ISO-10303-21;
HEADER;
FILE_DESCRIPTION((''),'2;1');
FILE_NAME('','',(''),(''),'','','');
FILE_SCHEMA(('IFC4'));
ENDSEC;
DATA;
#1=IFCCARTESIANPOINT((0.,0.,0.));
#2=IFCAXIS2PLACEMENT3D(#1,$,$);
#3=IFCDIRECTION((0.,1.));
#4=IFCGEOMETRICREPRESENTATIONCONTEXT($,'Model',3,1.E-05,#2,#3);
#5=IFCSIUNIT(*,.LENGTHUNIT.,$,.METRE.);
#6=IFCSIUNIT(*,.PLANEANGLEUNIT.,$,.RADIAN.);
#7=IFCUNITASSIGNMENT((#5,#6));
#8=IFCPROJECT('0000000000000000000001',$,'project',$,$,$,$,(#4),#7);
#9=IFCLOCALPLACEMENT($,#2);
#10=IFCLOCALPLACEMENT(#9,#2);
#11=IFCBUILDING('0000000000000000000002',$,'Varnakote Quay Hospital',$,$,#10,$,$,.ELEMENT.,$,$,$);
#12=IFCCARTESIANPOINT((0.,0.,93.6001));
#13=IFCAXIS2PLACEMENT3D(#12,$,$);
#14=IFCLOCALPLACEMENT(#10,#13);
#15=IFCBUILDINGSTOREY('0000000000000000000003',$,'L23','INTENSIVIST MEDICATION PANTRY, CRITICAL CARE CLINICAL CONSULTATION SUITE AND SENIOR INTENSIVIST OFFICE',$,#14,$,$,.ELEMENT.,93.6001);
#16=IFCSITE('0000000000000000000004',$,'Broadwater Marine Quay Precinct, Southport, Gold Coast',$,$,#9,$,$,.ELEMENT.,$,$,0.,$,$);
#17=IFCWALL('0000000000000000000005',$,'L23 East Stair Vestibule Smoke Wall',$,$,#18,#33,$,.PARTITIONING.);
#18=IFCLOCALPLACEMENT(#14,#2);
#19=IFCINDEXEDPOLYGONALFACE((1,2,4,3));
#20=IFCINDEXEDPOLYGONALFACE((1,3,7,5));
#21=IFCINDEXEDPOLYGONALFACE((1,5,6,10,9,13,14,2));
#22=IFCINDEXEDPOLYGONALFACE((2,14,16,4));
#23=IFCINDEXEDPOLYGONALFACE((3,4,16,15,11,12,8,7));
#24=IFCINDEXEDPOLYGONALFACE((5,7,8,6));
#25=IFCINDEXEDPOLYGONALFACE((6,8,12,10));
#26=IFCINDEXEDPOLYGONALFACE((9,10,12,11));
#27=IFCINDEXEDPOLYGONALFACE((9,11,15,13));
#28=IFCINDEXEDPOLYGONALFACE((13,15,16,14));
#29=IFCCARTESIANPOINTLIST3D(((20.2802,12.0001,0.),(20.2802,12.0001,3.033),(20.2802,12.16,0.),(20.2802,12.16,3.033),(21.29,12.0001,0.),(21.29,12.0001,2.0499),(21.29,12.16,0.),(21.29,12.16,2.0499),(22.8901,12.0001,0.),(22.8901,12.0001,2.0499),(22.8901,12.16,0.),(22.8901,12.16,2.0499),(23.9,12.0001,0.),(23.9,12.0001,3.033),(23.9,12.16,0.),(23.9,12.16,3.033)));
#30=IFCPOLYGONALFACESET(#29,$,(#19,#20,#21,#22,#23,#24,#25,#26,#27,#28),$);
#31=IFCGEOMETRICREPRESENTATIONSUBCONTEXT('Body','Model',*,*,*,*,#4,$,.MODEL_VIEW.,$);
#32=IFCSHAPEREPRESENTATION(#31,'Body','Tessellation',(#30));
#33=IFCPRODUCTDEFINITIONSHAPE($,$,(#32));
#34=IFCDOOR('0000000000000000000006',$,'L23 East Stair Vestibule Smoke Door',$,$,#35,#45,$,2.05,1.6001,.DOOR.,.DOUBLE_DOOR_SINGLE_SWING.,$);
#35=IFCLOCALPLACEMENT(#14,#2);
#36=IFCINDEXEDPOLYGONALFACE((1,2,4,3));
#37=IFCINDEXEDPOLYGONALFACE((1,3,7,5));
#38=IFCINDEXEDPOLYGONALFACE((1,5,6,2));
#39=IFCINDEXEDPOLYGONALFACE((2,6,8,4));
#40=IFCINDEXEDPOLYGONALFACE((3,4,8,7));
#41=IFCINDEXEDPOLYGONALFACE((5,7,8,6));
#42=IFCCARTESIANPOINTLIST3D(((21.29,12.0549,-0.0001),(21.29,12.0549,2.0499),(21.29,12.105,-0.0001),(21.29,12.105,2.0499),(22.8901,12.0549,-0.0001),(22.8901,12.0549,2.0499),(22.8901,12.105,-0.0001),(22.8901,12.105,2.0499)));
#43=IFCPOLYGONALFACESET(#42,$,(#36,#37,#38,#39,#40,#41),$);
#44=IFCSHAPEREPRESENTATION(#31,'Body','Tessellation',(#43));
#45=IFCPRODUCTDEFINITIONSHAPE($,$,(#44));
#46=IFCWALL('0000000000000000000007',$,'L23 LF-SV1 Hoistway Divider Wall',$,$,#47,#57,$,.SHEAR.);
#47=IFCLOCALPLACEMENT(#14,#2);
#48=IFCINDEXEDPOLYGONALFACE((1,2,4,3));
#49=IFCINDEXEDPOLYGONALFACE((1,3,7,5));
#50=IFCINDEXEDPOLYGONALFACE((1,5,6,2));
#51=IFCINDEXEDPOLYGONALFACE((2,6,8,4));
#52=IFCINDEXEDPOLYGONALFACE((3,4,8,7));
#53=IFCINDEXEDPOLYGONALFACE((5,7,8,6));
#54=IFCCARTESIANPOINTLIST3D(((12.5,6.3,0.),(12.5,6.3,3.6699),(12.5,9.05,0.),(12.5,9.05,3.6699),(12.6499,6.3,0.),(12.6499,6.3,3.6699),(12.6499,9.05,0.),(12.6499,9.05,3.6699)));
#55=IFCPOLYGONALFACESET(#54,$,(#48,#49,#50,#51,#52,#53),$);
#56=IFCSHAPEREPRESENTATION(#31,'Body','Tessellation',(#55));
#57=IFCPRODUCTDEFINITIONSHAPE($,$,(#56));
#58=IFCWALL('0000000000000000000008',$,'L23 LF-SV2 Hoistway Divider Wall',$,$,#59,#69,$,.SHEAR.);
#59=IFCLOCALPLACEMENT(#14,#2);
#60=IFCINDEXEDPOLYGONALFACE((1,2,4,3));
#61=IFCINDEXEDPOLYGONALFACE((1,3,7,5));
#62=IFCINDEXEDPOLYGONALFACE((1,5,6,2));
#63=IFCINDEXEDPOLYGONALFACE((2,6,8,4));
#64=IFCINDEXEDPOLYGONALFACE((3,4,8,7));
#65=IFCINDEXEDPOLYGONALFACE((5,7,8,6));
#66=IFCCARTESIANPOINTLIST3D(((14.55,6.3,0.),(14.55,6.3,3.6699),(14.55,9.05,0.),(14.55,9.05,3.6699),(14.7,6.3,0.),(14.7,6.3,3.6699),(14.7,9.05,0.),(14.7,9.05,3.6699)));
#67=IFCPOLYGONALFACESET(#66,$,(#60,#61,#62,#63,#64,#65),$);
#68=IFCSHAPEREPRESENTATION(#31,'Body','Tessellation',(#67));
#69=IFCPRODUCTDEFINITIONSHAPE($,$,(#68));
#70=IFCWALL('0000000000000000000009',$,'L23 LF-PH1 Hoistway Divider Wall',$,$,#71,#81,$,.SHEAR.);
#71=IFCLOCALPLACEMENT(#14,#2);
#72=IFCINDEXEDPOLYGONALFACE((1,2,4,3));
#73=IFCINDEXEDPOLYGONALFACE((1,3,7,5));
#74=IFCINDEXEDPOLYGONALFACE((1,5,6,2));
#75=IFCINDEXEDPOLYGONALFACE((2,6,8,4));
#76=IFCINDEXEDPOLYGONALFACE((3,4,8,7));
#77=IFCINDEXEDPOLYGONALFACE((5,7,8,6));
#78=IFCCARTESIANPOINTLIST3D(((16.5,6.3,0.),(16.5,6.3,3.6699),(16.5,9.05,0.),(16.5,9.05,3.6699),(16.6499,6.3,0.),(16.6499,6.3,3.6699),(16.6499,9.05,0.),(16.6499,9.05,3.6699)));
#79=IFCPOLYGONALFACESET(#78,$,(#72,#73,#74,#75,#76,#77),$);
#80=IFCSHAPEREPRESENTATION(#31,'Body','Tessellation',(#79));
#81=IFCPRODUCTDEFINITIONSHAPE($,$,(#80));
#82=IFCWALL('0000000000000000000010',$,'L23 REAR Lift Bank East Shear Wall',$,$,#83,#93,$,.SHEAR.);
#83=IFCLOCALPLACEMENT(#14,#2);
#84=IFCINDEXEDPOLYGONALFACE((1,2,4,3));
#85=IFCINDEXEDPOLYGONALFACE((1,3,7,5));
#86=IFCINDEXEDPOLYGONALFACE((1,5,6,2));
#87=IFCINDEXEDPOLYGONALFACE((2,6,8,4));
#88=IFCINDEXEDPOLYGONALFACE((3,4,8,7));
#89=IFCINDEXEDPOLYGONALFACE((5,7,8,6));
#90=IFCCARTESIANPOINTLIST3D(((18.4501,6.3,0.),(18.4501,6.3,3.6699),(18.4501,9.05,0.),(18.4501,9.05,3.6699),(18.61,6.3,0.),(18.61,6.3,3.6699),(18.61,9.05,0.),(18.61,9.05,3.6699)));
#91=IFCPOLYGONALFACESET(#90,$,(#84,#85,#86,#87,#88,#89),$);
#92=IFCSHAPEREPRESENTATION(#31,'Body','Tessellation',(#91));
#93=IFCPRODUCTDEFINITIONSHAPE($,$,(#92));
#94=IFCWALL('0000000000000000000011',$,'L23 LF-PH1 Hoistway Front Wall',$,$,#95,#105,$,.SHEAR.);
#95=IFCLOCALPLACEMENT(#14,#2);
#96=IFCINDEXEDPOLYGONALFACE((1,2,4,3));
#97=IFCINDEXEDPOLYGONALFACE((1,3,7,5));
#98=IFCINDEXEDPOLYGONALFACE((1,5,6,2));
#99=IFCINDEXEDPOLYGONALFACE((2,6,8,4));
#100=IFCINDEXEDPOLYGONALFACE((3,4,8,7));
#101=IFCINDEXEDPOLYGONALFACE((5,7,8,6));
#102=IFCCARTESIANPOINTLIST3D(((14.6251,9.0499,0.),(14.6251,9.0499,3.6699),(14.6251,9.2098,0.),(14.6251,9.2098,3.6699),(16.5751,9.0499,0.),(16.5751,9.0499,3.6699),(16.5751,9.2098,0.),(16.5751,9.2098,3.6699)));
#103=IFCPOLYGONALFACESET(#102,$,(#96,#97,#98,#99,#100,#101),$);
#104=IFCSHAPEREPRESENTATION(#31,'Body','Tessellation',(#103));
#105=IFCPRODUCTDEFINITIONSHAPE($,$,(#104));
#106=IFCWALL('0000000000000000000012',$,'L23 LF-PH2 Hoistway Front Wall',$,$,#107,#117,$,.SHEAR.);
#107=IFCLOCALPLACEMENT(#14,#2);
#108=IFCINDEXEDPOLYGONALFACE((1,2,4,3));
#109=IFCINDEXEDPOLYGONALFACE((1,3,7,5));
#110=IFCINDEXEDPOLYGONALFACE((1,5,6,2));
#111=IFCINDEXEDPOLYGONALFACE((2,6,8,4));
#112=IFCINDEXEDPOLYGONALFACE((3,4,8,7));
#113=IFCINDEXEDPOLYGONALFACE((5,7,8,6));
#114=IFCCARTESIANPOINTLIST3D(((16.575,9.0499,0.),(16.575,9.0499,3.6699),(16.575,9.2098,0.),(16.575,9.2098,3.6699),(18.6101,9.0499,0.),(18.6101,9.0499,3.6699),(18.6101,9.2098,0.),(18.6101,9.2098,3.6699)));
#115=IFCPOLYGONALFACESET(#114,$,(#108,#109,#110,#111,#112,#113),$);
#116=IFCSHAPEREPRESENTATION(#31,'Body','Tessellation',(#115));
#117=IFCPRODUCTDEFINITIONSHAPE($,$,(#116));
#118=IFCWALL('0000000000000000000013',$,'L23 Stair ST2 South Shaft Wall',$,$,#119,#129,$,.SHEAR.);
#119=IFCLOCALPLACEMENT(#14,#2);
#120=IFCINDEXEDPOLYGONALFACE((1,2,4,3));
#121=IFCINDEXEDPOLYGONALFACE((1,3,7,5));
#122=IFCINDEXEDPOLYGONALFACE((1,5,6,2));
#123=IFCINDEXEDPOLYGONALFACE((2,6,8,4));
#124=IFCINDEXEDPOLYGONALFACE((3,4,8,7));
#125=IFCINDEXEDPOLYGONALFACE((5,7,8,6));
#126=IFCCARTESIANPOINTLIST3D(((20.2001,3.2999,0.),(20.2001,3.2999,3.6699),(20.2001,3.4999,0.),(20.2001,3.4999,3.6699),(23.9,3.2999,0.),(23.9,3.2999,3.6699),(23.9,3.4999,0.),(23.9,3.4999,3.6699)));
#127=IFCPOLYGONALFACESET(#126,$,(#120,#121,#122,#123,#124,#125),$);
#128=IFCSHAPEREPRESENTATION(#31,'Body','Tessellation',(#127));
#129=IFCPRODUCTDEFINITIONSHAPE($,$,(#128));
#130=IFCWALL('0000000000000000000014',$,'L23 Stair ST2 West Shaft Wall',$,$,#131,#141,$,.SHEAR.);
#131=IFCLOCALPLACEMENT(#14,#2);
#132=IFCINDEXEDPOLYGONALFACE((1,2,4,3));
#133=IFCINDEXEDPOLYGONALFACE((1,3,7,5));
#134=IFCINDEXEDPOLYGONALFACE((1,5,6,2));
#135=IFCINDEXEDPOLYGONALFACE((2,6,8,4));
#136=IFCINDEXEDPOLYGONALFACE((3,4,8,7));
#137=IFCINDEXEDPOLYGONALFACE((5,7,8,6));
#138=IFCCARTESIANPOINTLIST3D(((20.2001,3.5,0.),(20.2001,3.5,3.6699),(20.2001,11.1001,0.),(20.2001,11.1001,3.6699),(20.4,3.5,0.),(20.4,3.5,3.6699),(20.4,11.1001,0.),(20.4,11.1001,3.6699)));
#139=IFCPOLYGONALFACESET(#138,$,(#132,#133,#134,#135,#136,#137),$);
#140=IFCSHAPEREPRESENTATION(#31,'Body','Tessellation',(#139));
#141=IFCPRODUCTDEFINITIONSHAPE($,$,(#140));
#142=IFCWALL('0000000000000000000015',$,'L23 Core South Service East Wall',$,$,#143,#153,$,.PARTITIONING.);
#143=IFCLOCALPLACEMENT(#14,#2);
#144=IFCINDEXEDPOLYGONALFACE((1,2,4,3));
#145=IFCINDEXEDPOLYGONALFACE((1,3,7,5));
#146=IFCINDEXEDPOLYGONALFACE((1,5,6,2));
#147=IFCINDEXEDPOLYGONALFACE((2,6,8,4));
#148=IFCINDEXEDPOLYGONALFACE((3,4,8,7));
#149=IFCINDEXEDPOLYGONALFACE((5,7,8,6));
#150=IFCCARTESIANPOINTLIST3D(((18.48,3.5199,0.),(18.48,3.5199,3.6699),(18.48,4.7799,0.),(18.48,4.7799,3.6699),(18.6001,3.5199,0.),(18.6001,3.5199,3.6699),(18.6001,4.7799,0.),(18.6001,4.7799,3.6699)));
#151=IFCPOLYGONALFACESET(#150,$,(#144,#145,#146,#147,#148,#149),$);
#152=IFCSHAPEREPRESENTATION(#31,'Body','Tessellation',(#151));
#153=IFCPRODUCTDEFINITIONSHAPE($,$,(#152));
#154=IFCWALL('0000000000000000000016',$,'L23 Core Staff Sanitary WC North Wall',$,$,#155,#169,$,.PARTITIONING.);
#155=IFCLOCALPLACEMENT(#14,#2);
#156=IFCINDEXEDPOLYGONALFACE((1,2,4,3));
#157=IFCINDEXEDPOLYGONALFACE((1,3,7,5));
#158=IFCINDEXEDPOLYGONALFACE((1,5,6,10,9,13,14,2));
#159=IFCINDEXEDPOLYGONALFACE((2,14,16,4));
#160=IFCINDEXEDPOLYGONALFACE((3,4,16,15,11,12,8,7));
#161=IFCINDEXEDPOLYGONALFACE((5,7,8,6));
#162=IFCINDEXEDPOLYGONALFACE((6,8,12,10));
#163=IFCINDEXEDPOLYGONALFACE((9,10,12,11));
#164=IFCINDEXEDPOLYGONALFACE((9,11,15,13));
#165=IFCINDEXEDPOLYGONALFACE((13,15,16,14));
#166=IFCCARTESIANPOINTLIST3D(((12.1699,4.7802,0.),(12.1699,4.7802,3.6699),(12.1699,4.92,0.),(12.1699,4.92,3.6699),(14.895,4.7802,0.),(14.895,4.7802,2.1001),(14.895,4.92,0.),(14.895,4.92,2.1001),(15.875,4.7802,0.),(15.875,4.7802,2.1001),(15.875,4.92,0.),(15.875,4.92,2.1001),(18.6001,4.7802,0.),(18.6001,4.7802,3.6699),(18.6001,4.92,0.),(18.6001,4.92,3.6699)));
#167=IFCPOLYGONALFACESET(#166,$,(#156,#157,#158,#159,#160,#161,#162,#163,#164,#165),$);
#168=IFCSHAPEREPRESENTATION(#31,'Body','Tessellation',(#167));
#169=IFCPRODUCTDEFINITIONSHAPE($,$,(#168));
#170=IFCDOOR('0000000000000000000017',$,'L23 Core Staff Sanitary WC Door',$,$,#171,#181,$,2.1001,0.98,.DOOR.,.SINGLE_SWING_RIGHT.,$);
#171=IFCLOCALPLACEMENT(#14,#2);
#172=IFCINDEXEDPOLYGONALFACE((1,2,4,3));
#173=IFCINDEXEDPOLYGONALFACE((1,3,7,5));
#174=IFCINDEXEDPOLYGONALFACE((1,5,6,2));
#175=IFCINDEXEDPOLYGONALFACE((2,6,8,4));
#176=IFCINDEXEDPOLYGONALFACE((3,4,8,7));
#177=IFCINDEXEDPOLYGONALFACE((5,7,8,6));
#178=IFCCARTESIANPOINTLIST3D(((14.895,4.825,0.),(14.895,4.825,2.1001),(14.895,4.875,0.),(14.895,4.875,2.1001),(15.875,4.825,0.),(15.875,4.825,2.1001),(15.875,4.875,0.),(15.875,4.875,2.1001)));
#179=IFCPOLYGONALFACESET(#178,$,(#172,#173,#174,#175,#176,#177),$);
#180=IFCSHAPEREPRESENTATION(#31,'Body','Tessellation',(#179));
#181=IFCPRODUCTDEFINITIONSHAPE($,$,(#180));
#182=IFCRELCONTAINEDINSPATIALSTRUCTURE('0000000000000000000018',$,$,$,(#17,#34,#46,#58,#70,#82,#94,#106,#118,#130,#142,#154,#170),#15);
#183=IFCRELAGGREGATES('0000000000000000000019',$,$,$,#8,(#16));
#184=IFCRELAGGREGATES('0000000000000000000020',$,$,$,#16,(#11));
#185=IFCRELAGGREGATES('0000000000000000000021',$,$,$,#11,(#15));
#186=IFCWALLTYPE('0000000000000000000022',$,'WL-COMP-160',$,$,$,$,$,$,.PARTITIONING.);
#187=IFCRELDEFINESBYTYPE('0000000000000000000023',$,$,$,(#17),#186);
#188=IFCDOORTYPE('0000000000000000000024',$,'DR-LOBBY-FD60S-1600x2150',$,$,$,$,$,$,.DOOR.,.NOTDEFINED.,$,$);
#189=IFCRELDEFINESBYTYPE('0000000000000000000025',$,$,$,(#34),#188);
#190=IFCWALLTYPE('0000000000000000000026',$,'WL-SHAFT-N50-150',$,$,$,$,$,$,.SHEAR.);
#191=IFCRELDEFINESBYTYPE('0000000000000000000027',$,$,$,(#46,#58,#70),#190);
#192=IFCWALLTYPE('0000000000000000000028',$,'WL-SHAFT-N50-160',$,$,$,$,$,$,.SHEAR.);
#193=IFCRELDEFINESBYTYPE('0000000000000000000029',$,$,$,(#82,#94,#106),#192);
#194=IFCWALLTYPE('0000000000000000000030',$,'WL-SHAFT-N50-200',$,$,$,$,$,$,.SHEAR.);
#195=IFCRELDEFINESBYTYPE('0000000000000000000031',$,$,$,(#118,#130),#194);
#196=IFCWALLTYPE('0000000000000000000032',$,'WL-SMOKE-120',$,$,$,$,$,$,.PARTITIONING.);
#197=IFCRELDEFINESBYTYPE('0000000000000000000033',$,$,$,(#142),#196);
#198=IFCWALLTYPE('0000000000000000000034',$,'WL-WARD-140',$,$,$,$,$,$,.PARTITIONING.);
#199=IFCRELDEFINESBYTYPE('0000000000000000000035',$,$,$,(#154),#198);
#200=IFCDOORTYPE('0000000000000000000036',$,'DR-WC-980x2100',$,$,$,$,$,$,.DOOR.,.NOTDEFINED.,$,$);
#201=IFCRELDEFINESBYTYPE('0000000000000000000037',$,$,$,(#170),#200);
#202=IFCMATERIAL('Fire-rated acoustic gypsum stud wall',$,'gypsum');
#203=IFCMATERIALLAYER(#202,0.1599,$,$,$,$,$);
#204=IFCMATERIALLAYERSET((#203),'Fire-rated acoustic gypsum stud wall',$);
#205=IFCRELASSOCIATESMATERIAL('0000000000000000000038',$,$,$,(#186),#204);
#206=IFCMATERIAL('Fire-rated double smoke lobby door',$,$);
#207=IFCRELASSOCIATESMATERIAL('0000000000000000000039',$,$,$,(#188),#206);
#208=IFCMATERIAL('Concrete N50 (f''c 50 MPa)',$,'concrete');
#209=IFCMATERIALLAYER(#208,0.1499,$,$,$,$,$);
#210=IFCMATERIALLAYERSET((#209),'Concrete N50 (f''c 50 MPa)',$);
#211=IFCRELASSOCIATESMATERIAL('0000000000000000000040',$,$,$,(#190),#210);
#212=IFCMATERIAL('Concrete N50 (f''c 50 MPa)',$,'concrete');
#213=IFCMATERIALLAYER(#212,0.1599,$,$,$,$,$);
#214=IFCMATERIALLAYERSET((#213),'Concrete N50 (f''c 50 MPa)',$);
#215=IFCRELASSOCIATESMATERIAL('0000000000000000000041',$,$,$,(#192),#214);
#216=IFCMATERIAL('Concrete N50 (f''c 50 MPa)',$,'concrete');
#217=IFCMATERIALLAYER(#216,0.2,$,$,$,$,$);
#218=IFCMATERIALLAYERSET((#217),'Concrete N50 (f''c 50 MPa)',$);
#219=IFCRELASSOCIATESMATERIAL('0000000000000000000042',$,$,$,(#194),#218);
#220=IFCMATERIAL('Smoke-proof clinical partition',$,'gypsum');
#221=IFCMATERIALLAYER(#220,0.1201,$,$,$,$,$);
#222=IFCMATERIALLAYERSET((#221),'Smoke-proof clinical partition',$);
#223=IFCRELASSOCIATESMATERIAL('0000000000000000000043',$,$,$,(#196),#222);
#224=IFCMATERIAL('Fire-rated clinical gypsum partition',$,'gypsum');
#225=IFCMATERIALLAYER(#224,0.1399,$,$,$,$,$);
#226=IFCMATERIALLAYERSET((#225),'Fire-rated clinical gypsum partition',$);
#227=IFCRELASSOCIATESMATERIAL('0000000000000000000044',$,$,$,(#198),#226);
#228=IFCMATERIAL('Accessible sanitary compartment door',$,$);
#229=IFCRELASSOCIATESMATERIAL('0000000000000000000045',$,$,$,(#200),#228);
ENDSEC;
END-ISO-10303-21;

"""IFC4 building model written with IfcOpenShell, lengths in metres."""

from ifc_helpers import new_model, si_unit, direction, frame, frame_2d, origin, place, context, subcontext, project, spatial, rectangle, extrude, material, layer, layer_set, type_object, element, fill, save


model = new_model("IFC4")

# Units and contexts
model_context = context("Model", 3, precision=1e-05, world=origin(), true_north=direction((0.0, 1.0)))
body_context = subcontext(model_context, "Body", "Model", "MODEL_VIEW")
ifc_project = project(units=[si_unit("LENGTHUNIT", "METRE"), si_unit("PLANEANGLEUNIT", "RADIAN")], contexts=[model_context])

# Site, building, storey
site_placement = place(None, origin())
site = spatial("IfcSite", under=ifc_project, at=site_placement, Name="Broadwater Marine Quay Precinct, Southport, Gold Coast", CompositionType="ELEMENT", RefElevation=0.0)
building_placement = place(site_placement, origin())
building = spatial("IfcBuilding", under=site, at=building_placement, Name="Varnakote Quay Hospital", CompositionType="ELEMENT")
storey_placement = place(building_placement, frame((0.0, 0.0, 93.6001)))
storey = spatial("IfcBuildingStorey", under=building, at=storey_placement, Name="L23", Description="INTENSIVIST MEDICATION PANTRY, CRITICAL CARE CLINICAL CONSULTATION SUITE AND SENIOR INTENSIVIST OFFICE", CompositionType="ELEMENT", Elevation=93.6001)

# Shared definitions
ifc_material_1 = material(Name="Fire-rated acoustic gypsum stud wall", Category="gypsum")
ifc_layer_1 = layer(ifc_material_1, 0.1599)
ifc_layer_set_1 = layer_set([ifc_layer_1], Name="Fire-rated acoustic gypsum stud wall")
wall_type_1 = type_object("IfcWallType", Name="WL-COMP-160", PredefinedType="PARTITIONING", material=ifc_layer_set_1)

# Shared definitions
ifc_material_2 = material(Name="Fire-rated double smoke lobby door")
door_type_1 = type_object("IfcDoorType", Name="DR-LOBBY-FD60S-1600x2150", OperationType="NOTDEFINED", PredefinedType="DOOR", material=ifc_material_2)

# Wall, opening, door
wall_1_placement = place(storey_placement, frame((20.28, 12.0801, 0.0), z_axis=(0.0, 0.0, 1.0), x_axis=(1.0, 0.0, 0.0)))
wall_1 = element("IfcWall", 1, at=wall_1_placement, inside=storey, type_object=wall_type_1, Name="L23 East Stair Vestibule Smoke Wall", PredefinedType="PARTITIONING", context=body_context, shape_type="SweptSolid", body=[
    extrude(rectangle(XDim=3.6199, YDim=0.1599, at=frame_2d((1.8101, 0.0))), origin(), (0.0, 0.0, 1.0), 3.033),
])
opening_1_placement = place(wall_1_placement, frame((1.01, 0.0, 0.0)))
opening_1 = element("IfcOpeningElement", 2, at=opening_1_placement, cuts=wall_1, PredefinedType="OPENING", context=body_context, shape_type="SweptSolid", body=[
    extrude(rectangle(XDim=1.6001, YDim=2.05, at=frame_2d((0.8, 1.0249))), frame((0.0, 0.0898, 0.0), z_axis=(0.0, -1.0, 0.0), x_axis=(1.0, 0.0, 0.0)), (0.0, 0.0, 1.0), 0.1799),
])
door_1_placement = place(opening_1_placement, origin())
door_1 = element("IfcDoor", 3, at=door_1_placement, inside=storey, type_object=door_type_1, Name="L23 East Stair Vestibule Smoke Door", OperationType="DOUBLE_DOOR_SINGLE_SWING", OverallHeight=2.05, OverallWidth=1.6001, PredefinedType="DOOR", context=body_context, shape_type="SweptSolid", body=[
    extrude(rectangle(XDim=1.6001, YDim=2.05, at=frame_2d((0.8, 1.0249))), frame((0.0, 0.0249, 0.0), z_axis=(0.0, -1.0, 0.0), x_axis=(1.0, 0.0, 0.0)), (0.0, 0.0, 1.0), 0.05),
])
fill(opening_1, door_1)

# Walls
ifc_material_3 = material(Name="Concrete N50 (f'c 50 MPa)", Category="concrete")
ifc_layer_2 = layer(ifc_material_3, 0.1499)
ifc_layer_set_2 = layer_set([ifc_layer_2], Name="Concrete N50 (f'c 50 MPa)")
wall_type_2 = type_object("IfcWallType", Name="WL-SHAFT-N50-150", PredefinedType="SHEAR", material=ifc_layer_set_2)
for number, where, z_axis, x_axis, name in (
    (4, (12.575, 6.3, 0.0), (0.0, 0.0, 1.0), (0.0, 1.0, 0.0), "L23 LF-SV1 Hoistway Divider Wall"),
    (5, (14.625, 6.3, 0.0), (0.0, 0.0, 1.0), (0.0, 1.0, 0.0), "L23 LF-SV2 Hoistway Divider Wall"),
    (6, (16.575, 6.3, 0.0), (0.0, 0.0, 1.0), (0.0, 1.0, 0.0), "L23 LF-PH1 Hoistway Divider Wall"),
):
    element("IfcWall", number, at=place(storey_placement, frame(where, z_axis=z_axis, x_axis=x_axis)), inside=storey, type_object=wall_type_2, Name=name, PredefinedType="SHEAR", context=body_context, shape_type="SweptSolid", body=[
        extrude(rectangle(XDim=2.75, YDim=0.1499, at=frame_2d((1.375, 0.0))), origin(), (0.0, 0.0, 1.0), 3.6699),
    ])
ifc_material_4 = material(Name="Concrete N50 (f'c 50 MPa)", Category="concrete")
ifc_layer_3 = layer(ifc_material_4, 0.1599)
ifc_layer_set_3 = layer_set([ifc_layer_3], Name="Concrete N50 (f'c 50 MPa)")
wall_type_3 = type_object("IfcWallType", Name="WL-SHAFT-N50-160", PredefinedType="SHEAR", material=ifc_layer_set_3)
wall_2_placement = place(storey_placement, frame((18.53, 6.3, 0.0), z_axis=(0.0, 0.0, 1.0), x_axis=(0.0, 1.0, 0.0)))
element("IfcWall", 7, at=wall_2_placement, inside=storey, type_object=wall_type_3, Name="L23 REAR Lift Bank East Shear Wall", PredefinedType="SHEAR", context=body_context, shape_type="SweptSolid", body=[
    extrude(rectangle(XDim=2.75, YDim=0.1599, at=frame_2d((1.375, 0.0))), origin(), (0.0, 0.0, 1.0), 3.6699),
])

# Walls
wall_3_placement = place(storey_placement, frame((14.625, 9.1299, 0.0), z_axis=(0.0, 0.0, 1.0), x_axis=(1.0, 0.0, 0.0)))
element("IfcWall", 8, at=wall_3_placement, inside=storey, type_object=wall_type_3, Name="L23 LF-PH1 Hoistway Front Wall", PredefinedType="SHEAR", context=body_context, shape_type="SweptSolid", body=[
    extrude(rectangle(XDim=1.95, YDim=0.1599, at=frame_2d((0.9751, 0.0))), origin(), (0.0, 0.0, 1.0), 3.6699),
])
wall_4_placement = place(storey_placement, frame((16.575, 9.1299, 0.0), z_axis=(0.0, 0.0, 1.0), x_axis=(1.0, 0.0, 0.0)))
element("IfcWall", 9, at=wall_4_placement, inside=storey, type_object=wall_type_3, Name="L23 LF-PH2 Hoistway Front Wall", PredefinedType="SHEAR", context=body_context, shape_type="SweptSolid", body=[
    extrude(rectangle(XDim=2.0352, YDim=0.1599, at=frame_2d((1.0176, 0.0))), origin(), (0.0, 0.0, 1.0), 3.6699),
])
ifc_material_5 = material(Name="Concrete N50 (f'c 50 MPa)", Category="concrete")
ifc_layer_4 = layer(ifc_material_5, 0.2)
ifc_layer_set_4 = layer_set([ifc_layer_4], Name="Concrete N50 (f'c 50 MPa)")
wall_type_4 = type_object("IfcWallType", Name="WL-SHAFT-N50-200", PredefinedType="SHEAR", material=ifc_layer_set_4)
wall_5_placement = place(storey_placement, frame((20.2, 3.3999, 0.0), z_axis=(0.0, 0.0, 1.0), x_axis=(1.0, 0.0, 0.0)))
element("IfcWall", 10, at=wall_5_placement, inside=storey, type_object=wall_type_4, Name="L23 Stair ST2 South Shaft Wall", PredefinedType="SHEAR", context=body_context, shape_type="SweptSolid", body=[
    extrude(rectangle(XDim=3.7, YDim=0.2, at=frame_2d((1.8501, 0.0))), origin(), (0.0, 0.0, 1.0), 3.6699),
])
wall_6_placement = place(storey_placement, frame((20.3, 3.5, 0.0), z_axis=(0.0, 0.0, 1.0), x_axis=(0.0, 1.0, 0.0)))
element("IfcWall", 11, at=wall_6_placement, inside=storey, type_object=wall_type_4, Name="L23 Stair ST2 West Shaft Wall", PredefinedType="SHEAR", context=body_context, shape_type="SweptSolid", body=[
    extrude(rectangle(XDim=7.6001, YDim=0.2, at=frame_2d((3.8, 0.0))), origin(), (0.0, 0.0, 1.0), 3.6699),
])

# Wall
ifc_material_6 = material(Name="Smoke-proof clinical partition", Category="gypsum")
ifc_layer_5 = layer(ifc_material_6, 0.1201)
ifc_layer_set_5 = layer_set([ifc_layer_5], Name="Smoke-proof clinical partition")
wall_type_5 = type_object("IfcWallType", Name="WL-SMOKE-120", PredefinedType="PARTITIONING", material=ifc_layer_set_5)
wall_7_placement = place(storey_placement, frame((18.54, 3.52, 0.0), z_axis=(0.0, 0.0, 1.0), x_axis=(0.0, 1.0, 0.0)))
element("IfcWall", 12, at=wall_7_placement, inside=storey, type_object=wall_type_5, Name="L23 Core South Service East Wall", PredefinedType="PARTITIONING", context=body_context, shape_type="SweptSolid", body=[
    extrude(rectangle(XDim=1.26, YDim=0.1201, at=frame_2d((0.6299, 0.0))), origin(), (0.0, 0.0, 1.0), 3.6699),
])

# Wall, opening, door
ifc_material_7 = material(Name="Fire-rated clinical gypsum partition", Category="gypsum")
ifc_layer_6 = layer(ifc_material_7, 0.1399)
ifc_layer_set_6 = layer_set([ifc_layer_6], Name="Fire-rated clinical gypsum partition")
wall_type_6 = type_object("IfcWallType", Name="WL-WARD-140", PredefinedType="PARTITIONING", material=ifc_layer_set_6)
wall_8_placement = place(storey_placement, frame((12.1699, 4.8501, 0.0), z_axis=(0.0, 0.0, 1.0), x_axis=(1.0, 0.0, 0.0)))
wall_8 = element("IfcWall", 13, at=wall_8_placement, inside=storey, type_object=wall_type_6, Name="L23 Core Staff Sanitary WC North Wall", PredefinedType="PARTITIONING", context=body_context, shape_type="SweptSolid", body=[
    extrude(rectangle(XDim=6.4302, YDim=0.1399, at=frame_2d((3.2151, 0.0))), origin(), (0.0, 0.0, 1.0), 3.6699),
])
opening_2_placement = place(wall_8_placement, frame((2.7251, 0.0, 0.0)))
opening_2 = element("IfcOpeningElement", 14, at=opening_2_placement, cuts=wall_8, PredefinedType="OPENING", context=body_context, shape_type="SweptSolid", body=[
    extrude(rectangle(XDim=0.98, YDim=2.1001, at=frame_2d((0.49, 1.05))), frame((0.0, 0.0798, 0.0), z_axis=(0.0, -1.0, 0.0), x_axis=(1.0, 0.0, 0.0)), (0.0, 0.0, 1.0), 0.1599),
])
ifc_material_8 = material(Name="Accessible sanitary compartment door")
door_type_2 = type_object("IfcDoorType", Name="DR-WC-980x2100", OperationType="NOTDEFINED", PredefinedType="DOOR", material=ifc_material_8)
door_2_placement = place(opening_2_placement, origin())
door_2 = element("IfcDoor", 15, at=door_2_placement, inside=storey, type_object=door_type_2, Name="L23 Core Staff Sanitary WC Door", OperationType="SINGLE_SWING_RIGHT", OverallHeight=2.1001, OverallWidth=0.98, PredefinedType="DOOR", context=body_context, shape_type="SweptSolid", body=[
    extrude(rectangle(XDim=0.98, YDim=2.1001, at=frame_2d((0.49, 1.05))), frame((0.0, 0.0249, 0.0), z_axis=(0.0, -1.0, 0.0), x_axis=(1.0, 0.0, 0.0)), (0.0, 0.0, 1.0), 0.05),
])
fill(opening_2, door_2)

save(model, "model.ifc")
